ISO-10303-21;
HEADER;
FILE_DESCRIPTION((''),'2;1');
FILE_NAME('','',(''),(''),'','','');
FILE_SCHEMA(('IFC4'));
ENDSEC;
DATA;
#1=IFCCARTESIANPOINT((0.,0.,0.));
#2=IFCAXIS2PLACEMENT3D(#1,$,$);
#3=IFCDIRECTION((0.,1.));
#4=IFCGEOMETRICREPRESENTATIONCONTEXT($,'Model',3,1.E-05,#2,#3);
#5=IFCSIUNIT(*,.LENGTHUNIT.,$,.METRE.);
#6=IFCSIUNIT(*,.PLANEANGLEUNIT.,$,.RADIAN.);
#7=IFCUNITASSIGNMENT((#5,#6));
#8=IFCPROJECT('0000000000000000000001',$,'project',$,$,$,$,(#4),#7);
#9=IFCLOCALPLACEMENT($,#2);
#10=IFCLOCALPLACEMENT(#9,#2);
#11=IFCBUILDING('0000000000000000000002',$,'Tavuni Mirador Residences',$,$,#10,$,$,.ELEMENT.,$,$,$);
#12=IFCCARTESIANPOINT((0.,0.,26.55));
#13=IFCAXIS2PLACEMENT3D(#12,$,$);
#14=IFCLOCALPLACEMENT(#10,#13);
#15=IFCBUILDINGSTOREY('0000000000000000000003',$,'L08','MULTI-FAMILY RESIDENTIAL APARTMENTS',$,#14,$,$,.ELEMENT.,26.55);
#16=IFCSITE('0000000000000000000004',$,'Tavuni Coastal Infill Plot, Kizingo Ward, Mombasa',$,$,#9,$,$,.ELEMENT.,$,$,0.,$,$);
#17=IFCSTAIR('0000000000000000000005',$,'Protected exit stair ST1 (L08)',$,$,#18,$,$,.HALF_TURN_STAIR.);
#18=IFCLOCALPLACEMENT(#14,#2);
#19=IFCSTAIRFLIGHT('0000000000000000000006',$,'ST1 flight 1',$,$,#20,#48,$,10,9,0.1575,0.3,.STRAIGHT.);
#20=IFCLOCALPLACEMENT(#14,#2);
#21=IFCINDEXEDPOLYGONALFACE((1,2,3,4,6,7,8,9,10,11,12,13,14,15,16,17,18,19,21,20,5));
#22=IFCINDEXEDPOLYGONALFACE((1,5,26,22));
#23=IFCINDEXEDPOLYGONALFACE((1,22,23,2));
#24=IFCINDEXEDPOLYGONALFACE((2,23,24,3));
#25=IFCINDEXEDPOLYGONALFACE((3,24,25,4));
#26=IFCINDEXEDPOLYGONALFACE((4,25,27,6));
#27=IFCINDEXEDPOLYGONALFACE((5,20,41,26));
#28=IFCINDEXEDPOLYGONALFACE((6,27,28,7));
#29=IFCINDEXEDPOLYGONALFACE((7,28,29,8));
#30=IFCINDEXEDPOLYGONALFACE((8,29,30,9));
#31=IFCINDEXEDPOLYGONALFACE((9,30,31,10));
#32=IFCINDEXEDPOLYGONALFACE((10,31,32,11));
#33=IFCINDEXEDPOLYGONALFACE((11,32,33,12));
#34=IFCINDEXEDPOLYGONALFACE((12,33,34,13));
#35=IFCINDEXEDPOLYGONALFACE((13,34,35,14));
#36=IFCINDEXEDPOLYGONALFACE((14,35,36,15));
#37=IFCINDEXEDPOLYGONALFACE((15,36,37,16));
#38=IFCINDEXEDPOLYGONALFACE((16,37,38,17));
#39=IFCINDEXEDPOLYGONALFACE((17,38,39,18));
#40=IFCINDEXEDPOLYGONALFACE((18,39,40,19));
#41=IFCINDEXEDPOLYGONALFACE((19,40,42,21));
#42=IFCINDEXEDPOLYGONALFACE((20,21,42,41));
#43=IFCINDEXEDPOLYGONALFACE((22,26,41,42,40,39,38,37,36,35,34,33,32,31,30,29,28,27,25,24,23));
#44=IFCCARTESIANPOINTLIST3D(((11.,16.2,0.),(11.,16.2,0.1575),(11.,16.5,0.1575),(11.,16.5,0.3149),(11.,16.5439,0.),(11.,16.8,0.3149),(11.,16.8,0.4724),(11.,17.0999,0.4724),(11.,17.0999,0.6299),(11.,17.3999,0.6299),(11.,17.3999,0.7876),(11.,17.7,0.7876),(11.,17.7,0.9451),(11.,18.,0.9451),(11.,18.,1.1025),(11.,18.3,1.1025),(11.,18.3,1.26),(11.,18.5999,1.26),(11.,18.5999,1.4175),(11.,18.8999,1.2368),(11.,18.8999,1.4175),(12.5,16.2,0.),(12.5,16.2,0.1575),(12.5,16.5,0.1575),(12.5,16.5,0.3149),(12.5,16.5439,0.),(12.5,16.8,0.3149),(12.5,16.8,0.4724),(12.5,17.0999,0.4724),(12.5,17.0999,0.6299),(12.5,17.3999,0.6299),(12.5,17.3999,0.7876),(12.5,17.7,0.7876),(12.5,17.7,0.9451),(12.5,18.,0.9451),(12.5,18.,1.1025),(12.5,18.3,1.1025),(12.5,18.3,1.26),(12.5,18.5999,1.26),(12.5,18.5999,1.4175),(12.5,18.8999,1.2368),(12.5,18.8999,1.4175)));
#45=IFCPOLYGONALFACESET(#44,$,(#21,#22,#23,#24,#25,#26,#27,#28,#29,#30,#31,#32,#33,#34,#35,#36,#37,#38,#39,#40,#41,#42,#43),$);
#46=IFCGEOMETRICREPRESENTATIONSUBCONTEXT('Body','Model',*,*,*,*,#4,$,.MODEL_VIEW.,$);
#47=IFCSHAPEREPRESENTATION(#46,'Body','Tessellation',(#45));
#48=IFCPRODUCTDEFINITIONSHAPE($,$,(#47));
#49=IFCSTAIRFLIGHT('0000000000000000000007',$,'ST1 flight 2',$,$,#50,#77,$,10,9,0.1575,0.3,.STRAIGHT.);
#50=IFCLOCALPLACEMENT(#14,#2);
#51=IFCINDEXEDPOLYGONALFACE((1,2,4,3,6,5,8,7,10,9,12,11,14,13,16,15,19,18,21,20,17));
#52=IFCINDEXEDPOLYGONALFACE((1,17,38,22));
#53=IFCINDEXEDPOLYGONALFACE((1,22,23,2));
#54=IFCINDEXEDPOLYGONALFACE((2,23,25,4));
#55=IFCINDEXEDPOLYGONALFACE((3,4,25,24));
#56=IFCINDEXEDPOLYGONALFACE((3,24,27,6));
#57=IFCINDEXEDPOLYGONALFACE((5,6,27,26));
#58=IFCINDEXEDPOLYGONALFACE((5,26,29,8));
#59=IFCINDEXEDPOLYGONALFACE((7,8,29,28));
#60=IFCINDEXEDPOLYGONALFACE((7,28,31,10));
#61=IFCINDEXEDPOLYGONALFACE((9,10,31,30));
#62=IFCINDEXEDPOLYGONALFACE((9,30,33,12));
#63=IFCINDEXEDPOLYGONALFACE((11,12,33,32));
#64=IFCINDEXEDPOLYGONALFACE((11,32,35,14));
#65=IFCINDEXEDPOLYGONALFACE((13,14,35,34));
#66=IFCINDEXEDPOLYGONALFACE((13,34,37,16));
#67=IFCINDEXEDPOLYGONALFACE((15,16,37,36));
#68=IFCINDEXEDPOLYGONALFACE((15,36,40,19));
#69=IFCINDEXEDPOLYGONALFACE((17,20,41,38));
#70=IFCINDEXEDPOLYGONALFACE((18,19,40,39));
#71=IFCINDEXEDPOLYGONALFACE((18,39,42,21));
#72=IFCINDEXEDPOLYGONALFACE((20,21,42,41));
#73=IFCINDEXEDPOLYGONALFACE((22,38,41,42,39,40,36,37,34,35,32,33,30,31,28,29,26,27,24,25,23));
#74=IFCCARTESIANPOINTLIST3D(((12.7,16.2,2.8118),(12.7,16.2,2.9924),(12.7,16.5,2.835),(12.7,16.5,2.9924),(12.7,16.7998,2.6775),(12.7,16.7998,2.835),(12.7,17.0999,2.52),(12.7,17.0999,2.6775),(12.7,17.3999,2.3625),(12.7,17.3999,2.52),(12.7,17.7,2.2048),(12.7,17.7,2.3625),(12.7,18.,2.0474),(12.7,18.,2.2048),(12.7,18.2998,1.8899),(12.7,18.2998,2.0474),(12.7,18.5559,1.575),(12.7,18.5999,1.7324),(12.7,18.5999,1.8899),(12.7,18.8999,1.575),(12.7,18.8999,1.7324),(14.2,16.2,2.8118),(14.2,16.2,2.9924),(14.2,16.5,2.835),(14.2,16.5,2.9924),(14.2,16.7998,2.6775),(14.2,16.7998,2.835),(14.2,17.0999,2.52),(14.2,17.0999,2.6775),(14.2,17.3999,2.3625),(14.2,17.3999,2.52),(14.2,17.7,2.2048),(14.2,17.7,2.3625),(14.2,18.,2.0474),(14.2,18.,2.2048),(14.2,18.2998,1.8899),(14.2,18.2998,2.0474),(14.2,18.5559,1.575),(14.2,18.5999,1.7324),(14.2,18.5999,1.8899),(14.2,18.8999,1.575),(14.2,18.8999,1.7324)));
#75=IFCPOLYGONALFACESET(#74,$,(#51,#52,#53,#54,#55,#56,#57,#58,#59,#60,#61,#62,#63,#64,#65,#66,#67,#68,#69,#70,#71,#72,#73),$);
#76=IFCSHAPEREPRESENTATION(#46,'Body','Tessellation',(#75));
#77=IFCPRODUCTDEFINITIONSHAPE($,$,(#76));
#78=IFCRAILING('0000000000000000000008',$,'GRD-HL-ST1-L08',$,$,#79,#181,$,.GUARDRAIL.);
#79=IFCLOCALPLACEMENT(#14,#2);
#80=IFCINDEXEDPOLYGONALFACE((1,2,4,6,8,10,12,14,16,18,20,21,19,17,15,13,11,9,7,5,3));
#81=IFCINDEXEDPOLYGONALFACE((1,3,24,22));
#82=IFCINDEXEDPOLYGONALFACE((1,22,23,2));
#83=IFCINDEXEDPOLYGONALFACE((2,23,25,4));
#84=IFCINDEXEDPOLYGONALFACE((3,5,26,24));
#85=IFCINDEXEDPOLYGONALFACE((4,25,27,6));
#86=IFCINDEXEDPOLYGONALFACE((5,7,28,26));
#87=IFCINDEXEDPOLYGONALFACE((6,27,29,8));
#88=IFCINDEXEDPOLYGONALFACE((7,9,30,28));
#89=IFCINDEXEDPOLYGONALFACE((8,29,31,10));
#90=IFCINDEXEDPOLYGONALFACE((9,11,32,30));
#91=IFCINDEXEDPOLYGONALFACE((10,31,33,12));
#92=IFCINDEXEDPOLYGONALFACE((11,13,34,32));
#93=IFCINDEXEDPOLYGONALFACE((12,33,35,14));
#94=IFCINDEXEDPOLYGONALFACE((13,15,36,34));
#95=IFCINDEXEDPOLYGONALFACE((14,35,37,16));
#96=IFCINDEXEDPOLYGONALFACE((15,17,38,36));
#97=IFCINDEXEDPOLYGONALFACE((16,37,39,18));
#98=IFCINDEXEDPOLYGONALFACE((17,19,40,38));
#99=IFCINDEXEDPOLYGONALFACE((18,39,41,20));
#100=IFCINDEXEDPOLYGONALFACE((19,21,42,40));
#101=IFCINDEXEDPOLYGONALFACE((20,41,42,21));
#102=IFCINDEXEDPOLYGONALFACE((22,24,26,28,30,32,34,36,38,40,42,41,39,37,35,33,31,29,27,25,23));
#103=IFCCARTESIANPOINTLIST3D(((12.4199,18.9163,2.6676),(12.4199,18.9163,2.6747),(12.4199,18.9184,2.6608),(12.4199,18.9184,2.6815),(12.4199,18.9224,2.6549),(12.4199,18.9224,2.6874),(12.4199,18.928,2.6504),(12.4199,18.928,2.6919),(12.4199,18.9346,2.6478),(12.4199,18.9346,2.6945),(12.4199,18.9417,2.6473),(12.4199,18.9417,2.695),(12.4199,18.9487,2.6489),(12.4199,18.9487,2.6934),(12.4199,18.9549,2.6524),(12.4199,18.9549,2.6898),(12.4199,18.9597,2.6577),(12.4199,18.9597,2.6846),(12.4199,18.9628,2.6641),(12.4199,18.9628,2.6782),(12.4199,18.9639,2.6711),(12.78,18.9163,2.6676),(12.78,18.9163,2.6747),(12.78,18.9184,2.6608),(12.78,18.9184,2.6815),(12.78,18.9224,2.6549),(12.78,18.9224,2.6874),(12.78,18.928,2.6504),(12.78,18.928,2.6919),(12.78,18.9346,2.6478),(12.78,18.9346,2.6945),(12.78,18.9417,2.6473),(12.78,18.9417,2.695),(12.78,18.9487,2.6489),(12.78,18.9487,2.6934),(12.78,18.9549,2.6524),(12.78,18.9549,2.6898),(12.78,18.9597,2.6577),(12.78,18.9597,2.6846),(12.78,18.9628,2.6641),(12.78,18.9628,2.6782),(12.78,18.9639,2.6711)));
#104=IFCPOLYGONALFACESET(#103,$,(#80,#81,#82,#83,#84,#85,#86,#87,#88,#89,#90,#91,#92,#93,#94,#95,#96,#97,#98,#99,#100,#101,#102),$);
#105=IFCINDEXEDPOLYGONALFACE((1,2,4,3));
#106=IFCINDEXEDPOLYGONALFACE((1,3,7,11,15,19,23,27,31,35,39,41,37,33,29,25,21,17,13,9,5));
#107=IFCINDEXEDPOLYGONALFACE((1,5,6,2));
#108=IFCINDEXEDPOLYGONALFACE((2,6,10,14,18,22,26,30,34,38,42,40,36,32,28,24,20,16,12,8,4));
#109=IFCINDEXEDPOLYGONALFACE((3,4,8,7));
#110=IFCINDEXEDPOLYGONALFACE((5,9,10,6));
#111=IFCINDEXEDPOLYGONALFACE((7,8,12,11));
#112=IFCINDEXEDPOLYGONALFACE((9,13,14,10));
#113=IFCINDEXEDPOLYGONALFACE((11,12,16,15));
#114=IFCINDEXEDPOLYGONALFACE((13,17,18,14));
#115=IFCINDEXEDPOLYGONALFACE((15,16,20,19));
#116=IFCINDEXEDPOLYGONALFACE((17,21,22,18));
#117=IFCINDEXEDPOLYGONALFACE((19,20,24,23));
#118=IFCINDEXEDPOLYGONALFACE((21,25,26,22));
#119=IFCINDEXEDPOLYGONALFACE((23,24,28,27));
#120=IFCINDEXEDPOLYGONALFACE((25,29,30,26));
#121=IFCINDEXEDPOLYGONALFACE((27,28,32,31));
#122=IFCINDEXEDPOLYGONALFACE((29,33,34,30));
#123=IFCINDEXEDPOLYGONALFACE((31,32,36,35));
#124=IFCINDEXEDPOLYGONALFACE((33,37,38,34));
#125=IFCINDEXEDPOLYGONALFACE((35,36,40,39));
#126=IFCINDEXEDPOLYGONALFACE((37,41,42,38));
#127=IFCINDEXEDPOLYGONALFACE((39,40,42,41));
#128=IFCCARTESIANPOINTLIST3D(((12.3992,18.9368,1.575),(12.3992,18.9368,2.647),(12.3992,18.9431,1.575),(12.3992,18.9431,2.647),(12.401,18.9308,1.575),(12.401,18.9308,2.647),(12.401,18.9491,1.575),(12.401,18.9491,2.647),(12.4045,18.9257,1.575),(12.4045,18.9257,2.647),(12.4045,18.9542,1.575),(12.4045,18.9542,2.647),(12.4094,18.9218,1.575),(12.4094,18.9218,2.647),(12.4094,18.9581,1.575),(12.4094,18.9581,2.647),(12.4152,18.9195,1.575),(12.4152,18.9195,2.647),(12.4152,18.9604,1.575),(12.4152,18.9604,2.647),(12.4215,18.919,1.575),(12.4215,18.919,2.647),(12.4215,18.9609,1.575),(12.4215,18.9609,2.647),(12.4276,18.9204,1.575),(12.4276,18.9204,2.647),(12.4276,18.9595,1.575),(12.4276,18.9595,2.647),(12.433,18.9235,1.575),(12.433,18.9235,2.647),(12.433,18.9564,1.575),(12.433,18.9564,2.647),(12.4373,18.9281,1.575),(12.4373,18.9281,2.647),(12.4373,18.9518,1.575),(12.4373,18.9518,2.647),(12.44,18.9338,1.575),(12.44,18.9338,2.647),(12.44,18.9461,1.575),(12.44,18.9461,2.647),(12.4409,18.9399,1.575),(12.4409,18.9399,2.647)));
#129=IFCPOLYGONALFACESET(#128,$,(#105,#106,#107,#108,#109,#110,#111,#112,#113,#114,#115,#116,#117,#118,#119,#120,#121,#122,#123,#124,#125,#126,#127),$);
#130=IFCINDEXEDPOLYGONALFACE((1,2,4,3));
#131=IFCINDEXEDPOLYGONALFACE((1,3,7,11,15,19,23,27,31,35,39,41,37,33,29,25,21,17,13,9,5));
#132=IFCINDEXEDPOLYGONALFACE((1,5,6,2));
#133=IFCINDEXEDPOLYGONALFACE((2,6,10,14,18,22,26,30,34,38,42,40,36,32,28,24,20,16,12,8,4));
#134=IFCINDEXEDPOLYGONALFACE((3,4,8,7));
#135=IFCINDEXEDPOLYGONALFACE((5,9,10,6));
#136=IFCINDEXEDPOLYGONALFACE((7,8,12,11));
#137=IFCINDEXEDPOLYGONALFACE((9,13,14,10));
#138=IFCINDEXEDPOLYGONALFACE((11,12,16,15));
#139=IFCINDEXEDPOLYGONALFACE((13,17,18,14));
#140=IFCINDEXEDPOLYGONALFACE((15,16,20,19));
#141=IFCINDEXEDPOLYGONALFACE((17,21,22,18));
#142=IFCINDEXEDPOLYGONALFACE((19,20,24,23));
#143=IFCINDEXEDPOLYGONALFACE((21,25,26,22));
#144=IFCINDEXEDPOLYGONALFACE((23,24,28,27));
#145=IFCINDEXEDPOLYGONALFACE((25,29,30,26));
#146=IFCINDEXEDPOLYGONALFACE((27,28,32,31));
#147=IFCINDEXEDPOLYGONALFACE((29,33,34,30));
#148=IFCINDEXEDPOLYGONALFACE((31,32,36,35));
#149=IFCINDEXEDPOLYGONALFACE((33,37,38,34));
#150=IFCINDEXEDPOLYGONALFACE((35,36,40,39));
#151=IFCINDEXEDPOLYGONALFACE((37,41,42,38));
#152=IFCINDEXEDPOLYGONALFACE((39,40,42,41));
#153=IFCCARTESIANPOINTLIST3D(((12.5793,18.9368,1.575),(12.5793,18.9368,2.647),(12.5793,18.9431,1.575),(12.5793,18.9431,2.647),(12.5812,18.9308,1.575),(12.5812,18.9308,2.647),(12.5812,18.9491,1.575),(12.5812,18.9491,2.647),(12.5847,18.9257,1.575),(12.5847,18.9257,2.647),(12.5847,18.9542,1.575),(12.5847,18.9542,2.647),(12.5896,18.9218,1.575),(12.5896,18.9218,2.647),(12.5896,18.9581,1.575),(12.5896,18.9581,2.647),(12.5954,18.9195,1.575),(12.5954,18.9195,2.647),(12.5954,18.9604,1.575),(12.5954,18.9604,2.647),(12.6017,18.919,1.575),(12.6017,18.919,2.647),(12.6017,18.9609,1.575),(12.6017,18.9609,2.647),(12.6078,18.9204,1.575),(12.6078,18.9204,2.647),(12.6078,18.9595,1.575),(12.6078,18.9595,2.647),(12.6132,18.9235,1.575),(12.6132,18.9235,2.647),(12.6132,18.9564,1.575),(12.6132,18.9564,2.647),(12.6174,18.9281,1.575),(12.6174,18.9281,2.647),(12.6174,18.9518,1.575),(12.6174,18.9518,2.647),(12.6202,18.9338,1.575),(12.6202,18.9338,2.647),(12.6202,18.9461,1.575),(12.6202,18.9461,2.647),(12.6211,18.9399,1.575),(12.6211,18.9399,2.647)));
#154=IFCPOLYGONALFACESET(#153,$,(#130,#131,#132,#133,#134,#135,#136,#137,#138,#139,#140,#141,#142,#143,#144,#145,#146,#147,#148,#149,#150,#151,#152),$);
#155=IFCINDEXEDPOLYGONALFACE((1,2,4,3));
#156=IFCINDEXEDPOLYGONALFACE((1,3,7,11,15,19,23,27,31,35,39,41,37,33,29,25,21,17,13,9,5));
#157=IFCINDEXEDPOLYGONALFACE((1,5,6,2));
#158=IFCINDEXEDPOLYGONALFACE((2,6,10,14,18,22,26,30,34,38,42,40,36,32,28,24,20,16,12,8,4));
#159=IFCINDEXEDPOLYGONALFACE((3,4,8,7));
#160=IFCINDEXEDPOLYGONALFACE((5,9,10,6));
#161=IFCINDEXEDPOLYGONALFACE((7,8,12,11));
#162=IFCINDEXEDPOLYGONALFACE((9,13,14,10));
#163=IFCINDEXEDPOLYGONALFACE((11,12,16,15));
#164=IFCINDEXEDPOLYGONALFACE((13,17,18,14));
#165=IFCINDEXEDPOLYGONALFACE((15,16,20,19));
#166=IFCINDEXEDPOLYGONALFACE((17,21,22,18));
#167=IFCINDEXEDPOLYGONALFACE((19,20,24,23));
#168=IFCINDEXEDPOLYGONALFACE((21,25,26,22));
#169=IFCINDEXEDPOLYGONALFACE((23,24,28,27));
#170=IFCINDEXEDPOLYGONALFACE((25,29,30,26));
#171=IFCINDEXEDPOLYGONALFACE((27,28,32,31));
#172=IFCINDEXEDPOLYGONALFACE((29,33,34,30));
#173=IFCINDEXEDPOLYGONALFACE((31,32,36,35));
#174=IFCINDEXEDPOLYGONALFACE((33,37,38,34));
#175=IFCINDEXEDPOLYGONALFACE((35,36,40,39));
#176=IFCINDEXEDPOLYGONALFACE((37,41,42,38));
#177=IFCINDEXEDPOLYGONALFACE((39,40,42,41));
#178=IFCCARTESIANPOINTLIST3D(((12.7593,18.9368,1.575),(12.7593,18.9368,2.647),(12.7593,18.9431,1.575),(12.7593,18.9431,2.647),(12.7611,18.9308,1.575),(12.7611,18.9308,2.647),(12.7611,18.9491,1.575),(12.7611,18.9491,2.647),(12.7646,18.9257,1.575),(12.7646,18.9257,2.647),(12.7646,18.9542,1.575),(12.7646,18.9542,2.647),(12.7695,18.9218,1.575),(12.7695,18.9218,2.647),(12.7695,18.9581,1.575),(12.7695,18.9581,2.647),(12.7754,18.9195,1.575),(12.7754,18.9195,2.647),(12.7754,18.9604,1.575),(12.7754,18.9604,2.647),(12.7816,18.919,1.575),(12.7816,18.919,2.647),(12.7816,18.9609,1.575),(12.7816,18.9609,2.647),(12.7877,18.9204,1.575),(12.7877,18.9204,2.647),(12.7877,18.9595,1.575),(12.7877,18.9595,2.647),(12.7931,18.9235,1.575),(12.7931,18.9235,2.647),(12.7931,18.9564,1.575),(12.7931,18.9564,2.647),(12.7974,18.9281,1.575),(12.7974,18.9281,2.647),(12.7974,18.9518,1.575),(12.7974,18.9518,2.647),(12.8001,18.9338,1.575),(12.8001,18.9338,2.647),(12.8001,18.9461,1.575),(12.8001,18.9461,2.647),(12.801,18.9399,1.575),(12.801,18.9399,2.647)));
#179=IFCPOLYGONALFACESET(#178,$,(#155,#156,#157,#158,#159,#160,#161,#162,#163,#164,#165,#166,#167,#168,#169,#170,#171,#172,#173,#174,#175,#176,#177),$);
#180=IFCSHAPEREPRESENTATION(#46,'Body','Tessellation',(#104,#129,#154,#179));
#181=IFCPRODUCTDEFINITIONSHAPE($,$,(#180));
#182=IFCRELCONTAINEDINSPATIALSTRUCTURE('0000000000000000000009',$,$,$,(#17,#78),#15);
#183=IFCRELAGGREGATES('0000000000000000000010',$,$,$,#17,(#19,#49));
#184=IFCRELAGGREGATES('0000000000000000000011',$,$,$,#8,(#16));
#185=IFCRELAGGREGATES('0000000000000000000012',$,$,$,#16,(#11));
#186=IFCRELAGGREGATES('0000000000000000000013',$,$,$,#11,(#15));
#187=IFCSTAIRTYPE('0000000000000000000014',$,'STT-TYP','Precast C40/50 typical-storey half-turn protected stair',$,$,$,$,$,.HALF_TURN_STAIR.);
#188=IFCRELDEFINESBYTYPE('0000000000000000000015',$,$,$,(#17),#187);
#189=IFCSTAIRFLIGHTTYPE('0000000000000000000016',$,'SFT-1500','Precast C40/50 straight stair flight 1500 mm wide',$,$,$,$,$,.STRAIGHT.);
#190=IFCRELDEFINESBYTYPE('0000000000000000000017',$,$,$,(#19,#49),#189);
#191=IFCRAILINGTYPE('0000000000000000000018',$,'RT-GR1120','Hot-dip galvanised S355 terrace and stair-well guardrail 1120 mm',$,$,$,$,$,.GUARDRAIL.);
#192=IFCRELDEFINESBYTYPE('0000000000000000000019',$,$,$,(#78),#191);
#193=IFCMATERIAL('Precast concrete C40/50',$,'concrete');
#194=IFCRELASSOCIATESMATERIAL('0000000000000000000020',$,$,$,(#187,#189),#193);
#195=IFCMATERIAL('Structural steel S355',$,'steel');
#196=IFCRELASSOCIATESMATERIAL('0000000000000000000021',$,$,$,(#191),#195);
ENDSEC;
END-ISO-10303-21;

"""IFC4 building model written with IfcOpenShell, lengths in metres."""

from ifc_helpers import new_model, si_unit, direction, frame, origin, origin_2d, place, context, subcontext, project, spatial, polyline, circle, outline, extrude, material, type_object, element, aggregate, save


model = new_model("IFC4")

# Units and contexts
model_context = context("Model", 3, precision=1e-05, world=origin(), true_north=direction((0.0, 1.0)))
body_context = subcontext(model_context, "Body", "Model", "MODEL_VIEW")
ifc_project = project(units=[si_unit("LENGTHUNIT", "METRE"), si_unit("PLANEANGLEUNIT", "RADIAN")], contexts=[model_context])

# Site, building, storey
site_placement = place(None, origin())
site = spatial("IfcSite", under=ifc_project, at=site_placement, Name="Tavuni Coastal Infill Plot, Kizingo Ward, Mombasa", CompositionType="ELEMENT", RefElevation=0.0)
building_placement = place(site_placement, origin())
building = spatial("IfcBuilding", under=site, at=building_placement, Name="Tavuni Mirador Residences", CompositionType="ELEMENT")
storey_placement = place(building_placement, frame((0.0, 0.0, 26.55)))
storey = spatial("IfcBuildingStorey", under=building, at=storey_placement, Name="L08", Description="MULTI-FAMILY RESIDENTIAL APARTMENTS", CompositionType="ELEMENT", Elevation=26.55)

# Shared definitions
ifc_material_1 = material(Name="Precast concrete C40/50", Category="concrete")

# Shared definitions
ifc_material_2 = material(Name="Structural steel S355", Category="steel")

# Stair, stair flights
stair_type = type_object("IfcStairType", Name="STT-TYP", Description="Precast C40/50 typical-storey half-turn protected stair", PredefinedType="HALF_TURN_STAIR", material=ifc_material_1)
stair_placement = place(storey_placement, origin())
stair = element("IfcStair", 1, at=stair_placement, inside=storey, type_object=stair_type, Name="Protected exit stair ST1 (L08)", PredefinedType="HALF_TURN_STAIR")
stair_flight_type = type_object("IfcStairFlightType", Name="SFT-1500", Description="Precast C40/50 straight stair flight 1500 mm wide", PredefinedType="STRAIGHT", material=ifc_material_1)
stair_flight_1_placement = place(storey_placement, frame((11.75, 16.2, 0.0), z_axis=(0.0, 0.0, 1.0), x_axis=(0.0, 1.0, 0.0)))
stair_flight_1 = element("IfcStairFlight", 2, at=stair_flight_1_placement, type_object=stair_flight_type, Name="ST1 flight 1", NumberOfRisers=10, NumberOfTreads=9, PredefinedType="STRAIGHT", RiserHeight=0.1575, TreadLength=0.3, context=body_context, shape_type="SweptSolid", body=[
    extrude(outline(polyline([(0.0, 0.0), (0.0, 0.1575), (0.3, 0.1575), (0.3, 0.3149), (0.6001, 0.3149), (0.6001, 0.4724), (0.8999, 0.4724), (0.8999, 0.6299), (1.2, 0.6299), (1.2, 0.7876), (1.5, 0.7876), (1.5, 0.9451), (1.8, 0.9451), (1.8, 1.1025), (2.1001, 1.1025), (2.1001, 1.26), (2.3999, 1.26), (2.3999, 1.4175), (2.7, 1.4175), (2.7, 1.575), (2.7, 1.2368), (0.344, 0.0), (0.0, 0.0)])), frame((0.0, 0.75, 0.0), z_axis=(0.0, -1.0, 0.0), x_axis=(1.0, 0.0, 0.0)), (0.0, 0.0, 1.0), 1.5),
])
stair_flight_2_placement = place(storey_placement, frame((13.45, 18.8999, 1.575), z_axis=(0.0, 0.0, 1.0), x_axis=(0.0, -1.0, 0.0)))
stair_flight_2 = element("IfcStairFlight", 3, at=stair_flight_2_placement, type_object=stair_flight_type, Name="ST1 flight 2", NumberOfRisers=10, NumberOfTreads=9, PredefinedType="STRAIGHT", RiserHeight=0.1575, TreadLength=0.3, context=body_context, shape_type="SweptSolid", body=[
    extrude(outline(polyline([(0.0, 0.0), (0.0, 0.1575), (0.3, 0.1575), (0.3, 0.3149), (0.6001, 0.3149), (0.6001, 0.4724), (0.8999, 0.4724), (0.8999, 0.6299), (1.2, 0.6299), (1.2, 0.7876), (1.5, 0.7876), (1.5, 0.9451), (1.8, 0.9451), (1.8, 1.1025), (2.1001, 1.1025), (2.1001, 1.26), (2.3999, 1.26), (2.3999, 1.4175), (2.7, 1.4175), (2.7, 1.575), (2.7, 1.2368), (0.344, 0.0), (0.0, 0.0)])), frame((0.0, 0.75, 0.0), z_axis=(0.0, -1.0, 0.0), x_axis=(1.0, 0.0, 0.0)), (0.0, 0.0, 1.0), 1.5),
])
aggregate(stair, [stair_flight_1, stair_flight_2])

# Railing
railing_type_1 = type_object("IfcRailingType", Name="RT-GR1120", Description="Hot-dip galvanised S355 terrace and stair-well guardrail 1120 mm", PredefinedType="GUARDRAIL", material=ifc_material_2)
railing_1_placement = place(storey_placement, frame((12.4199, 18.9399, 1.575)))
element("IfcRailing", 4, at=railing_1_placement, inside=storey, type_object=railing_type_1, Name="GRD-HL-ST1-L08", PredefinedType="GUARDRAIL", context=body_context, shape_type="SweptSolid", body=[
    extrude(circle(Radius=0.0239, at=origin_2d()), frame((0.0, 0.0, 1.0962), z_axis=(1.0, 0.0, 0.0), x_axis=(0.0, 1.0, 0.0)), (0.0, 0.0, 1.0), 0.3601),
    extrude(circle(Radius=0.021, at=origin_2d()), origin(), (0.0, 0.0, 1.0), 1.072),
    extrude(circle(Radius=0.021, at=origin_2d()), frame((0.1802, 0.0, 0.0)), (0.0, 0.0, 1.0), 1.072),
    extrude(circle(Radius=0.021, at=origin_2d()), frame((0.3601, 0.0, 0.0)), (0.0, 0.0, 1.0), 1.072),
])

save(model, "model.ifc")
